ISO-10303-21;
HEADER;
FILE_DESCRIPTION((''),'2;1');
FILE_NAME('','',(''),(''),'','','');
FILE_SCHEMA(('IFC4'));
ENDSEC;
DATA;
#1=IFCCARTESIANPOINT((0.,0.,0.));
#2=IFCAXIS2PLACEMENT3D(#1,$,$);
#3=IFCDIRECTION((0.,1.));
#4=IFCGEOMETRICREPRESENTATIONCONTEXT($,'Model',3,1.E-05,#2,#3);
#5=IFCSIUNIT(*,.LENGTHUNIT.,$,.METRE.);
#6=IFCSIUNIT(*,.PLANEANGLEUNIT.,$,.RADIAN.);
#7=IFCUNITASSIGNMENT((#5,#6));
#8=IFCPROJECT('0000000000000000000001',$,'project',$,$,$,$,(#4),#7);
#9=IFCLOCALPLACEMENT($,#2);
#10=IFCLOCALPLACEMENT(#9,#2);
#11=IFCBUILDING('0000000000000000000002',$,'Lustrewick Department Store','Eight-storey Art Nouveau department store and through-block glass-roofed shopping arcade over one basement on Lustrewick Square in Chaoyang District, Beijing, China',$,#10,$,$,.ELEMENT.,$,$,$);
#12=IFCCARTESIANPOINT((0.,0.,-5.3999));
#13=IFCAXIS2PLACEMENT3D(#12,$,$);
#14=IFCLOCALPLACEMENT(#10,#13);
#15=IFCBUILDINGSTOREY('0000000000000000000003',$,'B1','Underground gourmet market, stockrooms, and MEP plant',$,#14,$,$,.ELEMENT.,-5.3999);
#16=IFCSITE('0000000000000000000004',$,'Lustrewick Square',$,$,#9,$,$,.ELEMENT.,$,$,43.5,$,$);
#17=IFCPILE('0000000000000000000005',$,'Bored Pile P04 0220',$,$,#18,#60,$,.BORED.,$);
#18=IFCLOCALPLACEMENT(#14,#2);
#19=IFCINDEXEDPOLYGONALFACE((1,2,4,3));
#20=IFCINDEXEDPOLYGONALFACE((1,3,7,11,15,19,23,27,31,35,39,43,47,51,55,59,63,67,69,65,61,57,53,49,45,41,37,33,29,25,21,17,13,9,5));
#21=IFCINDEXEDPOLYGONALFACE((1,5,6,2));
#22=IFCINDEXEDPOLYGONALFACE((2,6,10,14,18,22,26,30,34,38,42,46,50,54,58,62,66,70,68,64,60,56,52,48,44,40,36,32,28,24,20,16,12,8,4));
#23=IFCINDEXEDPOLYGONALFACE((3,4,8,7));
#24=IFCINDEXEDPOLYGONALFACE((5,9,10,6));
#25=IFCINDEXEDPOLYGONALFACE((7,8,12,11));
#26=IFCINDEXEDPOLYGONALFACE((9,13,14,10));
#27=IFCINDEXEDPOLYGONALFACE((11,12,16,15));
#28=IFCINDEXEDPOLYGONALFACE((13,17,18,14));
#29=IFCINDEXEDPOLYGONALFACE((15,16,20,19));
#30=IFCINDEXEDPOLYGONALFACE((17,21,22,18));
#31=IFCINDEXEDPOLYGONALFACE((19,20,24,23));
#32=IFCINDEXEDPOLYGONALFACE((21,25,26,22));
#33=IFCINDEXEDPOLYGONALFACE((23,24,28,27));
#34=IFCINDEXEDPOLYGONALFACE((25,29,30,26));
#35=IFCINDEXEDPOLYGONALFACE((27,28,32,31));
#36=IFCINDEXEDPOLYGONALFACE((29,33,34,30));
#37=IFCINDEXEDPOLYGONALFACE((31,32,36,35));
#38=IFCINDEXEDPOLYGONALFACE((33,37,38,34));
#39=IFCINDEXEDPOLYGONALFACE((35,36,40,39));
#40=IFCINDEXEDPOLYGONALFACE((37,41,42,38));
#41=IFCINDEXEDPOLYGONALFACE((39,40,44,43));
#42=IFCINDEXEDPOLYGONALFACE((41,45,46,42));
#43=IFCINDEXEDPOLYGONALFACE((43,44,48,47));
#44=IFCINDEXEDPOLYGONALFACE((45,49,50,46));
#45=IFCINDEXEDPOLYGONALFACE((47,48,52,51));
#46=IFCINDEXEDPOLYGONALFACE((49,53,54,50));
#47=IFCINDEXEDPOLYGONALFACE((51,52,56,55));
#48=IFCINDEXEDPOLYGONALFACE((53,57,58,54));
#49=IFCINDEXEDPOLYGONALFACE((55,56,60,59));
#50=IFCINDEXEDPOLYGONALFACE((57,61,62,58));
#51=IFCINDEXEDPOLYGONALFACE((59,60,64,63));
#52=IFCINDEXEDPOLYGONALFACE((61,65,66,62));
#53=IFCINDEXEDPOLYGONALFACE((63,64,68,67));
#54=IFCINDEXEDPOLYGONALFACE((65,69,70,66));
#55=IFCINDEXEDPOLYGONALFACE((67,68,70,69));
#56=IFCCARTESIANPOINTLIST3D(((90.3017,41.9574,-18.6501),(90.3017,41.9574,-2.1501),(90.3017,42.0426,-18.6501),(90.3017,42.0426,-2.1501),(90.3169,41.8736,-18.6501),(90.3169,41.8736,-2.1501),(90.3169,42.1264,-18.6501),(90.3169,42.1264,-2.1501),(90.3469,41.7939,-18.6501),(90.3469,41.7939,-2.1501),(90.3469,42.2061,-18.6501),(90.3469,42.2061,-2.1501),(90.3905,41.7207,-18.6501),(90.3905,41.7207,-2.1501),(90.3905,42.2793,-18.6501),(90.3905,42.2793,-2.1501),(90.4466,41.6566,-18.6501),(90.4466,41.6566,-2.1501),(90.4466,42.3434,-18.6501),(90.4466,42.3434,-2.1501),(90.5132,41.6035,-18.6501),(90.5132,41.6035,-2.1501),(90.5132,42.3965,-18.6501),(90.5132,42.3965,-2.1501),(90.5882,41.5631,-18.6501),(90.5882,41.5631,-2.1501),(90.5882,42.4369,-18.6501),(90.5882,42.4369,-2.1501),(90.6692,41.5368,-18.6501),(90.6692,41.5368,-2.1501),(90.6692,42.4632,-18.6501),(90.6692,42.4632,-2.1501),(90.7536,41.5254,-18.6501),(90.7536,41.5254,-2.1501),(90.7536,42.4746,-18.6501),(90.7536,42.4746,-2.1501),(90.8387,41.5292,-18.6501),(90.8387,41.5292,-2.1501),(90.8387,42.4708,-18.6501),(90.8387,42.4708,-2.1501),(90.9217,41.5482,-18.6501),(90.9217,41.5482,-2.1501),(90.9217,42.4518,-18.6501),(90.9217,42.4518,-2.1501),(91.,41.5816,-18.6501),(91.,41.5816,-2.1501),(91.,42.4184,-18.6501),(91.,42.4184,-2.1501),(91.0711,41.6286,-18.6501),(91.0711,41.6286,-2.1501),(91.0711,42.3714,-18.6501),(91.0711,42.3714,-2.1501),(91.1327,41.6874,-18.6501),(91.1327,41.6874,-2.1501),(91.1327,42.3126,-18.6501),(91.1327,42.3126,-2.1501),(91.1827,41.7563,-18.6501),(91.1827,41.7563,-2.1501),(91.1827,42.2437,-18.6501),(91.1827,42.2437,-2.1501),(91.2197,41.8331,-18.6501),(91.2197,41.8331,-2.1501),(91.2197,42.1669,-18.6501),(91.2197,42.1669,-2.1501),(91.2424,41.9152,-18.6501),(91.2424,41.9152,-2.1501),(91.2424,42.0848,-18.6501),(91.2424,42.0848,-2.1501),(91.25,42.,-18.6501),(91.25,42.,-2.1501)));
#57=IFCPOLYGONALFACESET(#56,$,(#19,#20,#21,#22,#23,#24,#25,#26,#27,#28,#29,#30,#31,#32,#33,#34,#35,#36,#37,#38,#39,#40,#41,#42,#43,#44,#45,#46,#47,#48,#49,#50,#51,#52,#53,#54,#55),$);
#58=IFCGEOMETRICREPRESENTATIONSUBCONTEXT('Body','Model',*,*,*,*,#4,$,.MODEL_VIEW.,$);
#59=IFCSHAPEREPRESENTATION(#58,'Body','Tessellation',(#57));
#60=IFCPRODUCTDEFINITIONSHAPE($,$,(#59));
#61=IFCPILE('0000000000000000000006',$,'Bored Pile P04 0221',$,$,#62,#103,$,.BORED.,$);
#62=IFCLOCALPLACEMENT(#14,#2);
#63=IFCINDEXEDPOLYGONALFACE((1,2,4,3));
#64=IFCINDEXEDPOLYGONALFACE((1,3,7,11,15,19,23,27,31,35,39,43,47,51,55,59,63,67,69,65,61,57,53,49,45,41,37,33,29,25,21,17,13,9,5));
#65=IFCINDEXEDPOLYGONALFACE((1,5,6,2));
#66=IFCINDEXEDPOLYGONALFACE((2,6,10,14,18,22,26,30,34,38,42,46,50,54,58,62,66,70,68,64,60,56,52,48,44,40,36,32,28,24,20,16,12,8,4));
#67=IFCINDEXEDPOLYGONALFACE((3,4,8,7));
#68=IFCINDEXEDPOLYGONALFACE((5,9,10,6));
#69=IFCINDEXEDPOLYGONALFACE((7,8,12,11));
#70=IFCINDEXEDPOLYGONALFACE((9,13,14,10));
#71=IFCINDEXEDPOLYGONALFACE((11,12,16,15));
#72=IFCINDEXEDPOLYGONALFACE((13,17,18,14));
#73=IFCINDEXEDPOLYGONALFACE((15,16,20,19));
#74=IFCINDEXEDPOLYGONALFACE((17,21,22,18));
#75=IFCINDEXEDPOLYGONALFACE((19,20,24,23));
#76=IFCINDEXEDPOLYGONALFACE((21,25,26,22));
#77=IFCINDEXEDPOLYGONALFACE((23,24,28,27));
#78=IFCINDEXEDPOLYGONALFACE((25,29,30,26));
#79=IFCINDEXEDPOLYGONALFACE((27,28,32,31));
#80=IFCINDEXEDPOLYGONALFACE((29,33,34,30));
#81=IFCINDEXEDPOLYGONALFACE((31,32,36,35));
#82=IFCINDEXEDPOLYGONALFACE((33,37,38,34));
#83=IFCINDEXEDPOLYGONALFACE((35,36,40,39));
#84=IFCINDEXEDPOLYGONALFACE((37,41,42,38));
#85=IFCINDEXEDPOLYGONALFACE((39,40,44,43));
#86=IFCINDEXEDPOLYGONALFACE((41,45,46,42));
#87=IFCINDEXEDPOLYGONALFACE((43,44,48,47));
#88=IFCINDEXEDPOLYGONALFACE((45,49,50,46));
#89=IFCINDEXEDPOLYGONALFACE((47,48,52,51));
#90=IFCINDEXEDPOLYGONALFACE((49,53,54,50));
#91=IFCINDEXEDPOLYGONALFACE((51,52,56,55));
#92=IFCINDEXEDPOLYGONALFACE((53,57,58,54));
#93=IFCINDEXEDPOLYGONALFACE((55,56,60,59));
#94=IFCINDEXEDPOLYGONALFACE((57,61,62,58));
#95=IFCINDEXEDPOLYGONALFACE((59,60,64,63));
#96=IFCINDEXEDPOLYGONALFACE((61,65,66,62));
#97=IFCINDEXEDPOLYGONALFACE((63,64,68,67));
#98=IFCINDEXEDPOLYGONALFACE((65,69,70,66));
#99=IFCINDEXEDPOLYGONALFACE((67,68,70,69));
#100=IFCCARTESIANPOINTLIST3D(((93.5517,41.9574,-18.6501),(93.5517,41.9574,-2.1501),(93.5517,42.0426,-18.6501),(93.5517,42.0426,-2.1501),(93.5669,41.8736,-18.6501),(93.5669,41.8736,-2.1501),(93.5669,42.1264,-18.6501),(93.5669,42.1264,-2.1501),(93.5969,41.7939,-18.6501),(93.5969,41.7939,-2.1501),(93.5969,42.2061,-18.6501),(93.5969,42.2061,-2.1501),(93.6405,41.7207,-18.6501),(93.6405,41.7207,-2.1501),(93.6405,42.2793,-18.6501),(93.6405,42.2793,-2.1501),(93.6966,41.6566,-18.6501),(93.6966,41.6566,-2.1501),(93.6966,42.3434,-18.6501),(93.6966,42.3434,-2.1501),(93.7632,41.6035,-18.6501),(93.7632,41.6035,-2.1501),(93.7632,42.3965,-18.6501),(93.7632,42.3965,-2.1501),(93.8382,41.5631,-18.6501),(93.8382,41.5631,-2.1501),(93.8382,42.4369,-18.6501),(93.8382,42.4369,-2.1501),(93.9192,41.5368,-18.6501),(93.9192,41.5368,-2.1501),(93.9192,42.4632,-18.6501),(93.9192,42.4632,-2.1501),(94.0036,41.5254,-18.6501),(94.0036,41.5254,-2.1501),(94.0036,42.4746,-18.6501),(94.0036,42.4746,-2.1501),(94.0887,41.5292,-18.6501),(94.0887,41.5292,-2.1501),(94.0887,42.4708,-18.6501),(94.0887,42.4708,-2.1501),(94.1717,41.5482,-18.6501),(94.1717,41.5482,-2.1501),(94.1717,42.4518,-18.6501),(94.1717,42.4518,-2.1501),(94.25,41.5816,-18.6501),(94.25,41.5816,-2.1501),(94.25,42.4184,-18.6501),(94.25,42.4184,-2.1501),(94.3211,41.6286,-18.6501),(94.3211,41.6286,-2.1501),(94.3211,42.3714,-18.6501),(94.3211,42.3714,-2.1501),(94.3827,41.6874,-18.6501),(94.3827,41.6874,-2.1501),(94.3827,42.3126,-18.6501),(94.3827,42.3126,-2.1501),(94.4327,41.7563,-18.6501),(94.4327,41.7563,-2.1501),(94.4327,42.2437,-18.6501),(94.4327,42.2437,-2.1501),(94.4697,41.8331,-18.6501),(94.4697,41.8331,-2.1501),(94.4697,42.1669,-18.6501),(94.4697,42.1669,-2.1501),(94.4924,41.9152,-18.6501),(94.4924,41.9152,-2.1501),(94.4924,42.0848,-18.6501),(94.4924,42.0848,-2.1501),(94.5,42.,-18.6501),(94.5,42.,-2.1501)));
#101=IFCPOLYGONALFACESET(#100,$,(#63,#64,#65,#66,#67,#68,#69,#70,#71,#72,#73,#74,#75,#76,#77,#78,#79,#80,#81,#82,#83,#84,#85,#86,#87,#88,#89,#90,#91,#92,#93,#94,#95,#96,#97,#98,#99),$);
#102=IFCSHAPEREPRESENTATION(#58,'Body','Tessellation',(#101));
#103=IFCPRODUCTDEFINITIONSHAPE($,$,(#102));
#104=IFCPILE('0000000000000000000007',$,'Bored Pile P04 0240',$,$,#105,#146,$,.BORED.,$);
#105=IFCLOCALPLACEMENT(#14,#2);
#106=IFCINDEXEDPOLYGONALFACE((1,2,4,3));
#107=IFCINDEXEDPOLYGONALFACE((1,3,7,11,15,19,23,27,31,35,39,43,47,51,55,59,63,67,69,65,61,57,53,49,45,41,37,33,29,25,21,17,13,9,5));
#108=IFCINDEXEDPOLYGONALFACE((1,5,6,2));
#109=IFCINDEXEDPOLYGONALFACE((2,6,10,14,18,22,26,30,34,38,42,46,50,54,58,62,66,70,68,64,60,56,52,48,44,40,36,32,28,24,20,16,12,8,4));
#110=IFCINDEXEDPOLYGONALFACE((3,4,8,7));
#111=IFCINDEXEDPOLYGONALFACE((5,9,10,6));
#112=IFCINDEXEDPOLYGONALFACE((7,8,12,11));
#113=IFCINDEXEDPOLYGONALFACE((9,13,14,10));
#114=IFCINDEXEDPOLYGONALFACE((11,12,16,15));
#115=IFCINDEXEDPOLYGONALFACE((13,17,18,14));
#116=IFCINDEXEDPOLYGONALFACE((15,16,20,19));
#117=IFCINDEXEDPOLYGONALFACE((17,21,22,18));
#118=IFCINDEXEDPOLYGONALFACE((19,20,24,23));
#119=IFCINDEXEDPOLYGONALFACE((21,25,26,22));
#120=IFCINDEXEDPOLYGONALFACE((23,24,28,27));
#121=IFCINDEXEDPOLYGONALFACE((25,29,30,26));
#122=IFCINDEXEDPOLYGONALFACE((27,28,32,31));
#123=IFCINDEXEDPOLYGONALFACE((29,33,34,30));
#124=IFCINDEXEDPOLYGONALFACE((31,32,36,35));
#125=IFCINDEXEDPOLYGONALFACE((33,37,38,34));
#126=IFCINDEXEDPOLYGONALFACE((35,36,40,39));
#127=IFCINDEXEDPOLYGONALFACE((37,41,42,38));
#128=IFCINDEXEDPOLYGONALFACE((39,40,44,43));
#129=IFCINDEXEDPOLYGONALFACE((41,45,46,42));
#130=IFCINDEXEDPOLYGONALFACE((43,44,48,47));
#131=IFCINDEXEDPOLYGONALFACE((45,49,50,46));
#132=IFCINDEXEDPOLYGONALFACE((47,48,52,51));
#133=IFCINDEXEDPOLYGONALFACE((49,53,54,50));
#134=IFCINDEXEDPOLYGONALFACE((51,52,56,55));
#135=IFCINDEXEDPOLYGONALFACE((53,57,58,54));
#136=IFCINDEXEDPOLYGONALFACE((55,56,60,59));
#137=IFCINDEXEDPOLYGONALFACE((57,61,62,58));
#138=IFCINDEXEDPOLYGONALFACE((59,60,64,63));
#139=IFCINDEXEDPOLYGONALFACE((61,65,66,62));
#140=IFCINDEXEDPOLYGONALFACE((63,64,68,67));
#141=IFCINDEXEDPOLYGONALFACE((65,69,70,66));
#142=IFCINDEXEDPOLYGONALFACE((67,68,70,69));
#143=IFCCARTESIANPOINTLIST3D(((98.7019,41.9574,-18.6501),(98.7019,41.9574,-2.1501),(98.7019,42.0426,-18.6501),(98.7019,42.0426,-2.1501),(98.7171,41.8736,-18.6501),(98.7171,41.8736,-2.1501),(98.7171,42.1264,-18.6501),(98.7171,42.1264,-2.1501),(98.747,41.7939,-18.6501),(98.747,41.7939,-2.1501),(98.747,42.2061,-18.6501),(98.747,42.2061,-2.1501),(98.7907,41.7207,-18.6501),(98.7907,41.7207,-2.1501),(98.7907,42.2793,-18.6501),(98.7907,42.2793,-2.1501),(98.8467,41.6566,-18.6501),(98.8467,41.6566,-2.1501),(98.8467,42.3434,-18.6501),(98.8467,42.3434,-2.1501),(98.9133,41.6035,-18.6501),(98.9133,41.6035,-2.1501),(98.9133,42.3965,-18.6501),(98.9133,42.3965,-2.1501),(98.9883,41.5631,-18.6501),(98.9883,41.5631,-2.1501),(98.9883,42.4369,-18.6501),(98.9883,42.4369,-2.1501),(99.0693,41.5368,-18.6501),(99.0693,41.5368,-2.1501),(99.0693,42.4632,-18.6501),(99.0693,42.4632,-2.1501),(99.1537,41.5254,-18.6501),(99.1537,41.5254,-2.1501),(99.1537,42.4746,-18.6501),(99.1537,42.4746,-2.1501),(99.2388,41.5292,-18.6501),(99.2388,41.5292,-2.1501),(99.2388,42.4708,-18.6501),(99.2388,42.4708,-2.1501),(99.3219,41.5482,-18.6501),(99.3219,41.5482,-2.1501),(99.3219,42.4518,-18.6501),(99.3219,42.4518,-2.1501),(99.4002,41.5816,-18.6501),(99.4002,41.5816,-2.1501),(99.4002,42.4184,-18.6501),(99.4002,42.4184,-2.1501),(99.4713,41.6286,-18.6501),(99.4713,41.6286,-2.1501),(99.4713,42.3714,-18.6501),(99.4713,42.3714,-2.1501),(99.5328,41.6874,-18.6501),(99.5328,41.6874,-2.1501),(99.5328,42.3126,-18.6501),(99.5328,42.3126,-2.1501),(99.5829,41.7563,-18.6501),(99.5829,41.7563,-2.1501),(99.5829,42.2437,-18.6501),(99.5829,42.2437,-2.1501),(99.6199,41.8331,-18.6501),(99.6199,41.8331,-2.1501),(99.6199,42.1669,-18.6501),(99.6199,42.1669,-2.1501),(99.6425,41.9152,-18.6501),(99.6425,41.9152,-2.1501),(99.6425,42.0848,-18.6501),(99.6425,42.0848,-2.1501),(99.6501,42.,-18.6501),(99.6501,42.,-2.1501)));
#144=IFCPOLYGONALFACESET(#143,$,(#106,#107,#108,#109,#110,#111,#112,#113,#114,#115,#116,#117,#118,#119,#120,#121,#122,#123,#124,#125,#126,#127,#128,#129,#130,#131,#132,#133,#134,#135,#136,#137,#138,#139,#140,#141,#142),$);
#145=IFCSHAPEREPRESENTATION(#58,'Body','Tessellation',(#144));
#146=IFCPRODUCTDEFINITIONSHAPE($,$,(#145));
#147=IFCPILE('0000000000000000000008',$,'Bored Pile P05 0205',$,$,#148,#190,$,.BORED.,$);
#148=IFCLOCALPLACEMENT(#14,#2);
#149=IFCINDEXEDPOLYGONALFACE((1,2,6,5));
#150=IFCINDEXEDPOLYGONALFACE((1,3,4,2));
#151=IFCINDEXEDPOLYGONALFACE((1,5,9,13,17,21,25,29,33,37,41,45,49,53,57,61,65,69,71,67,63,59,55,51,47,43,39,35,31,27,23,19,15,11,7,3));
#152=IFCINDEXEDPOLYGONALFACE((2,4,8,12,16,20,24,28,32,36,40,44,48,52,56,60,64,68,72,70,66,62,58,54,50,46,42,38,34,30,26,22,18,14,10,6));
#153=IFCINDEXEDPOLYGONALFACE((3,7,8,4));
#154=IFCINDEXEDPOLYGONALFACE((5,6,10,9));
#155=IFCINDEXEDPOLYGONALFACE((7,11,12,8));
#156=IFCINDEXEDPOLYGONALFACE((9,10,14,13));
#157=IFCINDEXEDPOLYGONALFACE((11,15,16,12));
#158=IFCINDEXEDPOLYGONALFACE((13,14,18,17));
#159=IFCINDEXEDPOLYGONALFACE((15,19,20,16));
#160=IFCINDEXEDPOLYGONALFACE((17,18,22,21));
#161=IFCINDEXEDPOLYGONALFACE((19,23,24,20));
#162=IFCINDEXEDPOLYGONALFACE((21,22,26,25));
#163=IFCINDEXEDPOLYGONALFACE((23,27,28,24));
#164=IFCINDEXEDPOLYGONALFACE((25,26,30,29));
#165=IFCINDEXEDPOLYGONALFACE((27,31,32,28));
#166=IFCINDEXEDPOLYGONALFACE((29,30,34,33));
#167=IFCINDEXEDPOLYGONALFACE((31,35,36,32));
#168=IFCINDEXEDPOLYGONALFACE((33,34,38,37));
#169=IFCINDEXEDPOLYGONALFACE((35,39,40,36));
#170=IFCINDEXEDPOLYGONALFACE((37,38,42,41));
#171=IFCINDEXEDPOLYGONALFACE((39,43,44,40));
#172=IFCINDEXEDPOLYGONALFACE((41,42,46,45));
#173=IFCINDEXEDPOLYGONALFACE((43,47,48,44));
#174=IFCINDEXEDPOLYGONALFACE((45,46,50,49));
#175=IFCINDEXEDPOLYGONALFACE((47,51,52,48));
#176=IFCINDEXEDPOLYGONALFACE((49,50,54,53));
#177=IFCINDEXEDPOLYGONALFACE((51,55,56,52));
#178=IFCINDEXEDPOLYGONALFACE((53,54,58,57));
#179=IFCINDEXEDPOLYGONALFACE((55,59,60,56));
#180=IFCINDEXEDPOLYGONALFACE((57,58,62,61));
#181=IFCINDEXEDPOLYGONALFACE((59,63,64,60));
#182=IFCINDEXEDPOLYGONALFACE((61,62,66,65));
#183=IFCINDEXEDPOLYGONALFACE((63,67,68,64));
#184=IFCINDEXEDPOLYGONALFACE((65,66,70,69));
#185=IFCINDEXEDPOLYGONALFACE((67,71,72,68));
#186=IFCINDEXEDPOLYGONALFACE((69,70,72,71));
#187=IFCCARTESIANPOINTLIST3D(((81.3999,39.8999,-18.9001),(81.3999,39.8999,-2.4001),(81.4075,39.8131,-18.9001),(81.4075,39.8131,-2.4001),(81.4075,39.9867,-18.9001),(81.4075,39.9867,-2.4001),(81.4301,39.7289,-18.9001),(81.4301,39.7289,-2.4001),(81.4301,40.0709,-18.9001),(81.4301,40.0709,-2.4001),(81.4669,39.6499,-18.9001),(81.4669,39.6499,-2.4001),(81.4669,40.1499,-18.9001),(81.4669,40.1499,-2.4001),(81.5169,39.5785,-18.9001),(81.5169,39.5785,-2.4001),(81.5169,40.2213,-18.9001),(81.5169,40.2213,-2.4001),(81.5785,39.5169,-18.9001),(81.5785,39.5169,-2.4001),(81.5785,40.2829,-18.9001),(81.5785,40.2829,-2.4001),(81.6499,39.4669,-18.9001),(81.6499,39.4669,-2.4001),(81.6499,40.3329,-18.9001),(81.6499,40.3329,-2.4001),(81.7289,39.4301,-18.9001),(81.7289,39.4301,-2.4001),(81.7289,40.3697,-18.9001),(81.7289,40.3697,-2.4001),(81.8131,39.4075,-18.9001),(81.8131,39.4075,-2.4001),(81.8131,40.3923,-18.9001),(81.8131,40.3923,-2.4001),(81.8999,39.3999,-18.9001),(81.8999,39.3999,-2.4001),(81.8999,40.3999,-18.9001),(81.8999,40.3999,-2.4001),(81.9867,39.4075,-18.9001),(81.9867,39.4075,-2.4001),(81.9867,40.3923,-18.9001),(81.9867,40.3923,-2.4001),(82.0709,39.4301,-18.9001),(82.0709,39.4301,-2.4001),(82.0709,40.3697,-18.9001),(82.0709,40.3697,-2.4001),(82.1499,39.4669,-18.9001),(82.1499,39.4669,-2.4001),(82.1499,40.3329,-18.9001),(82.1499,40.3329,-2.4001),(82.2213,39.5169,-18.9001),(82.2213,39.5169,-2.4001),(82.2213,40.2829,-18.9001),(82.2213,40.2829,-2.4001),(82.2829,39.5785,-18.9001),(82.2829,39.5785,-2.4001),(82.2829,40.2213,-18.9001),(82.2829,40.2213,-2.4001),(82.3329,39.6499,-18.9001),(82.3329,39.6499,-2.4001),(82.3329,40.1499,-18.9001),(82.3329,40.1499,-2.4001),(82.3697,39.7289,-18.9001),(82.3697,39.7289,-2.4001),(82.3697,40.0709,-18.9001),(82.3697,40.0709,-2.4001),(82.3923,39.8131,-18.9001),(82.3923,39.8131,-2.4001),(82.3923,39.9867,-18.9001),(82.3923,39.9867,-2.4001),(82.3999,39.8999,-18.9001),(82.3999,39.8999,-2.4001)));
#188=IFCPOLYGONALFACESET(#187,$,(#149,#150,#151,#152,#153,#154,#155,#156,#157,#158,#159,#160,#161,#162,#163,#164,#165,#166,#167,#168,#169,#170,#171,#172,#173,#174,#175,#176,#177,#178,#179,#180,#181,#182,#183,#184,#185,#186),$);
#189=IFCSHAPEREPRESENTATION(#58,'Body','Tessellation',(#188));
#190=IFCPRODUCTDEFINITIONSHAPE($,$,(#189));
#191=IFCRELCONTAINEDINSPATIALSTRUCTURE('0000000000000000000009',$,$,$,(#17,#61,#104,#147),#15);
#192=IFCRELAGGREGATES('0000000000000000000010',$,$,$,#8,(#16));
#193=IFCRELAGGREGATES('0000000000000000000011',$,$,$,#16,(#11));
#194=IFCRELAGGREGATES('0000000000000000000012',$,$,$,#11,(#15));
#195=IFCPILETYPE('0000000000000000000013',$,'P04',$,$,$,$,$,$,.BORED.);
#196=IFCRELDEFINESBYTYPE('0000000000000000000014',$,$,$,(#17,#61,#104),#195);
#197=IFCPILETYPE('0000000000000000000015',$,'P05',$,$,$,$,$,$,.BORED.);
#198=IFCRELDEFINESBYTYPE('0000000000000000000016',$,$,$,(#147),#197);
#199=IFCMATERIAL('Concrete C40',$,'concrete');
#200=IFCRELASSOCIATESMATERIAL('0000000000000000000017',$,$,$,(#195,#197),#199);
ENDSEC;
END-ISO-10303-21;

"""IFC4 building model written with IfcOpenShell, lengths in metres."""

from ifc_helpers import new_model, si_unit, direction, frame, origin, origin_2d, place, context, subcontext, project, spatial, circle, extrude, material, material_profile, profile_set, type_object, element, save


model = new_model("IFC4")

# Units and contexts
model_context = context("Model", 3, precision=1e-05, world=origin(), true_north=direction((0.0, 1.0)))
body_context = subcontext(model_context, "Body", "Model", "MODEL_VIEW")
ifc_project = project(units=[si_unit("LENGTHUNIT", "METRE"), si_unit("PLANEANGLEUNIT", "RADIAN")], contexts=[model_context])

# Site, building, storey
site_placement = place(None, origin())
site = spatial("IfcSite", under=ifc_project, at=site_placement, Name="Lustrewick Square", CompositionType="ELEMENT", RefElevation=43.5)
building_placement = place(site_placement, origin())
building = spatial("IfcBuilding", under=site, at=building_placement, Name="Lustrewick Department Store", Description="Eight-storey Art Nouveau department store and through-block glass-roofed shopping arcade over one basement on Lustrewick Square in Chaoyang District, Beijing, China", CompositionType="ELEMENT")
storey_placement = place(building_placement, frame((0.0, 0.0, -5.3999)))
storey = spatial("IfcBuildingStorey", under=building, at=storey_placement, Name="B1", Description="Underground gourmet market, stockrooms, and MEP plant", CompositionType="ELEMENT", Elevation=-5.3999)

# Piles
ifc_material_1 = material(Name="Concrete C40", Category="concrete")
ifc_material_profile_1 = material_profile(ifc_material_1, circle(Radius=0.4751, at=origin_2d()), Name="PILE D950")
ifc_profile_set_1 = profile_set([ifc_material_profile_1], Name="Concrete C40")
pile_type_1 = type_object("IfcPileType", Name="P04", PredefinedType="BORED", material=ifc_profile_set_1)
for number, where, z_axis, x_axis, name in (
    (1, (90.7749, 42.0, -2.1501), (0.0, 0.0, -1.0), (1.0, 0.0, 0.0), "Bored Pile P04 0220"),
    (2, (94.0249, 42.0, -2.1501), (0.0, 0.0, -1.0), (1.0, 0.0, 0.0), "Bored Pile P04 0221"),
    (3, (99.175, 42.0, -2.1501), (0.0, 0.0, -1.0), (1.0, 0.0, 0.0), "Bored Pile P04 0240"),
):
    element("IfcPile", number, at=place(storey_placement, frame(where, z_axis=z_axis, x_axis=x_axis)), inside=storey, type_object=pile_type_1, Name=name, PredefinedType="BORED", context=body_context, shape_type="SweptSolid", body=[
        extrude(circle(Radius=0.4751, at=origin_2d()), origin(), (0.0, 0.0, 1.0), 16.5),
    ])
ifc_material_profile_2 = material_profile(ifc_material_1, circle(Radius=0.5, at=origin_2d()), Name="PILE D1000")
ifc_profile_set_2 = profile_set([ifc_material_profile_2], Name="Concrete C40")
pile_type_2 = type_object("IfcPileType", Name="P05", PredefinedType="BORED", material=ifc_profile_set_2)
for number, where, z_axis, x_axis, name in (
    (4, (81.8999, 39.8999, -2.4001), (0.0, 0.0, -1.0), (1.0, 0.0, 0.0), "Bored Pile P05 0205"),
):
    element("IfcPile", number, at=place(storey_placement, frame(where, z_axis=z_axis, x_axis=x_axis)), inside=storey, type_object=pile_type_2, Name=name, PredefinedType="BORED", context=body_context, shape_type="SweptSolid", body=[
        extrude(circle(Radius=0.5, at=origin_2d()), origin(), (0.0, 0.0, 1.0), 16.5),
    ])

save(model, "model.ifc")
